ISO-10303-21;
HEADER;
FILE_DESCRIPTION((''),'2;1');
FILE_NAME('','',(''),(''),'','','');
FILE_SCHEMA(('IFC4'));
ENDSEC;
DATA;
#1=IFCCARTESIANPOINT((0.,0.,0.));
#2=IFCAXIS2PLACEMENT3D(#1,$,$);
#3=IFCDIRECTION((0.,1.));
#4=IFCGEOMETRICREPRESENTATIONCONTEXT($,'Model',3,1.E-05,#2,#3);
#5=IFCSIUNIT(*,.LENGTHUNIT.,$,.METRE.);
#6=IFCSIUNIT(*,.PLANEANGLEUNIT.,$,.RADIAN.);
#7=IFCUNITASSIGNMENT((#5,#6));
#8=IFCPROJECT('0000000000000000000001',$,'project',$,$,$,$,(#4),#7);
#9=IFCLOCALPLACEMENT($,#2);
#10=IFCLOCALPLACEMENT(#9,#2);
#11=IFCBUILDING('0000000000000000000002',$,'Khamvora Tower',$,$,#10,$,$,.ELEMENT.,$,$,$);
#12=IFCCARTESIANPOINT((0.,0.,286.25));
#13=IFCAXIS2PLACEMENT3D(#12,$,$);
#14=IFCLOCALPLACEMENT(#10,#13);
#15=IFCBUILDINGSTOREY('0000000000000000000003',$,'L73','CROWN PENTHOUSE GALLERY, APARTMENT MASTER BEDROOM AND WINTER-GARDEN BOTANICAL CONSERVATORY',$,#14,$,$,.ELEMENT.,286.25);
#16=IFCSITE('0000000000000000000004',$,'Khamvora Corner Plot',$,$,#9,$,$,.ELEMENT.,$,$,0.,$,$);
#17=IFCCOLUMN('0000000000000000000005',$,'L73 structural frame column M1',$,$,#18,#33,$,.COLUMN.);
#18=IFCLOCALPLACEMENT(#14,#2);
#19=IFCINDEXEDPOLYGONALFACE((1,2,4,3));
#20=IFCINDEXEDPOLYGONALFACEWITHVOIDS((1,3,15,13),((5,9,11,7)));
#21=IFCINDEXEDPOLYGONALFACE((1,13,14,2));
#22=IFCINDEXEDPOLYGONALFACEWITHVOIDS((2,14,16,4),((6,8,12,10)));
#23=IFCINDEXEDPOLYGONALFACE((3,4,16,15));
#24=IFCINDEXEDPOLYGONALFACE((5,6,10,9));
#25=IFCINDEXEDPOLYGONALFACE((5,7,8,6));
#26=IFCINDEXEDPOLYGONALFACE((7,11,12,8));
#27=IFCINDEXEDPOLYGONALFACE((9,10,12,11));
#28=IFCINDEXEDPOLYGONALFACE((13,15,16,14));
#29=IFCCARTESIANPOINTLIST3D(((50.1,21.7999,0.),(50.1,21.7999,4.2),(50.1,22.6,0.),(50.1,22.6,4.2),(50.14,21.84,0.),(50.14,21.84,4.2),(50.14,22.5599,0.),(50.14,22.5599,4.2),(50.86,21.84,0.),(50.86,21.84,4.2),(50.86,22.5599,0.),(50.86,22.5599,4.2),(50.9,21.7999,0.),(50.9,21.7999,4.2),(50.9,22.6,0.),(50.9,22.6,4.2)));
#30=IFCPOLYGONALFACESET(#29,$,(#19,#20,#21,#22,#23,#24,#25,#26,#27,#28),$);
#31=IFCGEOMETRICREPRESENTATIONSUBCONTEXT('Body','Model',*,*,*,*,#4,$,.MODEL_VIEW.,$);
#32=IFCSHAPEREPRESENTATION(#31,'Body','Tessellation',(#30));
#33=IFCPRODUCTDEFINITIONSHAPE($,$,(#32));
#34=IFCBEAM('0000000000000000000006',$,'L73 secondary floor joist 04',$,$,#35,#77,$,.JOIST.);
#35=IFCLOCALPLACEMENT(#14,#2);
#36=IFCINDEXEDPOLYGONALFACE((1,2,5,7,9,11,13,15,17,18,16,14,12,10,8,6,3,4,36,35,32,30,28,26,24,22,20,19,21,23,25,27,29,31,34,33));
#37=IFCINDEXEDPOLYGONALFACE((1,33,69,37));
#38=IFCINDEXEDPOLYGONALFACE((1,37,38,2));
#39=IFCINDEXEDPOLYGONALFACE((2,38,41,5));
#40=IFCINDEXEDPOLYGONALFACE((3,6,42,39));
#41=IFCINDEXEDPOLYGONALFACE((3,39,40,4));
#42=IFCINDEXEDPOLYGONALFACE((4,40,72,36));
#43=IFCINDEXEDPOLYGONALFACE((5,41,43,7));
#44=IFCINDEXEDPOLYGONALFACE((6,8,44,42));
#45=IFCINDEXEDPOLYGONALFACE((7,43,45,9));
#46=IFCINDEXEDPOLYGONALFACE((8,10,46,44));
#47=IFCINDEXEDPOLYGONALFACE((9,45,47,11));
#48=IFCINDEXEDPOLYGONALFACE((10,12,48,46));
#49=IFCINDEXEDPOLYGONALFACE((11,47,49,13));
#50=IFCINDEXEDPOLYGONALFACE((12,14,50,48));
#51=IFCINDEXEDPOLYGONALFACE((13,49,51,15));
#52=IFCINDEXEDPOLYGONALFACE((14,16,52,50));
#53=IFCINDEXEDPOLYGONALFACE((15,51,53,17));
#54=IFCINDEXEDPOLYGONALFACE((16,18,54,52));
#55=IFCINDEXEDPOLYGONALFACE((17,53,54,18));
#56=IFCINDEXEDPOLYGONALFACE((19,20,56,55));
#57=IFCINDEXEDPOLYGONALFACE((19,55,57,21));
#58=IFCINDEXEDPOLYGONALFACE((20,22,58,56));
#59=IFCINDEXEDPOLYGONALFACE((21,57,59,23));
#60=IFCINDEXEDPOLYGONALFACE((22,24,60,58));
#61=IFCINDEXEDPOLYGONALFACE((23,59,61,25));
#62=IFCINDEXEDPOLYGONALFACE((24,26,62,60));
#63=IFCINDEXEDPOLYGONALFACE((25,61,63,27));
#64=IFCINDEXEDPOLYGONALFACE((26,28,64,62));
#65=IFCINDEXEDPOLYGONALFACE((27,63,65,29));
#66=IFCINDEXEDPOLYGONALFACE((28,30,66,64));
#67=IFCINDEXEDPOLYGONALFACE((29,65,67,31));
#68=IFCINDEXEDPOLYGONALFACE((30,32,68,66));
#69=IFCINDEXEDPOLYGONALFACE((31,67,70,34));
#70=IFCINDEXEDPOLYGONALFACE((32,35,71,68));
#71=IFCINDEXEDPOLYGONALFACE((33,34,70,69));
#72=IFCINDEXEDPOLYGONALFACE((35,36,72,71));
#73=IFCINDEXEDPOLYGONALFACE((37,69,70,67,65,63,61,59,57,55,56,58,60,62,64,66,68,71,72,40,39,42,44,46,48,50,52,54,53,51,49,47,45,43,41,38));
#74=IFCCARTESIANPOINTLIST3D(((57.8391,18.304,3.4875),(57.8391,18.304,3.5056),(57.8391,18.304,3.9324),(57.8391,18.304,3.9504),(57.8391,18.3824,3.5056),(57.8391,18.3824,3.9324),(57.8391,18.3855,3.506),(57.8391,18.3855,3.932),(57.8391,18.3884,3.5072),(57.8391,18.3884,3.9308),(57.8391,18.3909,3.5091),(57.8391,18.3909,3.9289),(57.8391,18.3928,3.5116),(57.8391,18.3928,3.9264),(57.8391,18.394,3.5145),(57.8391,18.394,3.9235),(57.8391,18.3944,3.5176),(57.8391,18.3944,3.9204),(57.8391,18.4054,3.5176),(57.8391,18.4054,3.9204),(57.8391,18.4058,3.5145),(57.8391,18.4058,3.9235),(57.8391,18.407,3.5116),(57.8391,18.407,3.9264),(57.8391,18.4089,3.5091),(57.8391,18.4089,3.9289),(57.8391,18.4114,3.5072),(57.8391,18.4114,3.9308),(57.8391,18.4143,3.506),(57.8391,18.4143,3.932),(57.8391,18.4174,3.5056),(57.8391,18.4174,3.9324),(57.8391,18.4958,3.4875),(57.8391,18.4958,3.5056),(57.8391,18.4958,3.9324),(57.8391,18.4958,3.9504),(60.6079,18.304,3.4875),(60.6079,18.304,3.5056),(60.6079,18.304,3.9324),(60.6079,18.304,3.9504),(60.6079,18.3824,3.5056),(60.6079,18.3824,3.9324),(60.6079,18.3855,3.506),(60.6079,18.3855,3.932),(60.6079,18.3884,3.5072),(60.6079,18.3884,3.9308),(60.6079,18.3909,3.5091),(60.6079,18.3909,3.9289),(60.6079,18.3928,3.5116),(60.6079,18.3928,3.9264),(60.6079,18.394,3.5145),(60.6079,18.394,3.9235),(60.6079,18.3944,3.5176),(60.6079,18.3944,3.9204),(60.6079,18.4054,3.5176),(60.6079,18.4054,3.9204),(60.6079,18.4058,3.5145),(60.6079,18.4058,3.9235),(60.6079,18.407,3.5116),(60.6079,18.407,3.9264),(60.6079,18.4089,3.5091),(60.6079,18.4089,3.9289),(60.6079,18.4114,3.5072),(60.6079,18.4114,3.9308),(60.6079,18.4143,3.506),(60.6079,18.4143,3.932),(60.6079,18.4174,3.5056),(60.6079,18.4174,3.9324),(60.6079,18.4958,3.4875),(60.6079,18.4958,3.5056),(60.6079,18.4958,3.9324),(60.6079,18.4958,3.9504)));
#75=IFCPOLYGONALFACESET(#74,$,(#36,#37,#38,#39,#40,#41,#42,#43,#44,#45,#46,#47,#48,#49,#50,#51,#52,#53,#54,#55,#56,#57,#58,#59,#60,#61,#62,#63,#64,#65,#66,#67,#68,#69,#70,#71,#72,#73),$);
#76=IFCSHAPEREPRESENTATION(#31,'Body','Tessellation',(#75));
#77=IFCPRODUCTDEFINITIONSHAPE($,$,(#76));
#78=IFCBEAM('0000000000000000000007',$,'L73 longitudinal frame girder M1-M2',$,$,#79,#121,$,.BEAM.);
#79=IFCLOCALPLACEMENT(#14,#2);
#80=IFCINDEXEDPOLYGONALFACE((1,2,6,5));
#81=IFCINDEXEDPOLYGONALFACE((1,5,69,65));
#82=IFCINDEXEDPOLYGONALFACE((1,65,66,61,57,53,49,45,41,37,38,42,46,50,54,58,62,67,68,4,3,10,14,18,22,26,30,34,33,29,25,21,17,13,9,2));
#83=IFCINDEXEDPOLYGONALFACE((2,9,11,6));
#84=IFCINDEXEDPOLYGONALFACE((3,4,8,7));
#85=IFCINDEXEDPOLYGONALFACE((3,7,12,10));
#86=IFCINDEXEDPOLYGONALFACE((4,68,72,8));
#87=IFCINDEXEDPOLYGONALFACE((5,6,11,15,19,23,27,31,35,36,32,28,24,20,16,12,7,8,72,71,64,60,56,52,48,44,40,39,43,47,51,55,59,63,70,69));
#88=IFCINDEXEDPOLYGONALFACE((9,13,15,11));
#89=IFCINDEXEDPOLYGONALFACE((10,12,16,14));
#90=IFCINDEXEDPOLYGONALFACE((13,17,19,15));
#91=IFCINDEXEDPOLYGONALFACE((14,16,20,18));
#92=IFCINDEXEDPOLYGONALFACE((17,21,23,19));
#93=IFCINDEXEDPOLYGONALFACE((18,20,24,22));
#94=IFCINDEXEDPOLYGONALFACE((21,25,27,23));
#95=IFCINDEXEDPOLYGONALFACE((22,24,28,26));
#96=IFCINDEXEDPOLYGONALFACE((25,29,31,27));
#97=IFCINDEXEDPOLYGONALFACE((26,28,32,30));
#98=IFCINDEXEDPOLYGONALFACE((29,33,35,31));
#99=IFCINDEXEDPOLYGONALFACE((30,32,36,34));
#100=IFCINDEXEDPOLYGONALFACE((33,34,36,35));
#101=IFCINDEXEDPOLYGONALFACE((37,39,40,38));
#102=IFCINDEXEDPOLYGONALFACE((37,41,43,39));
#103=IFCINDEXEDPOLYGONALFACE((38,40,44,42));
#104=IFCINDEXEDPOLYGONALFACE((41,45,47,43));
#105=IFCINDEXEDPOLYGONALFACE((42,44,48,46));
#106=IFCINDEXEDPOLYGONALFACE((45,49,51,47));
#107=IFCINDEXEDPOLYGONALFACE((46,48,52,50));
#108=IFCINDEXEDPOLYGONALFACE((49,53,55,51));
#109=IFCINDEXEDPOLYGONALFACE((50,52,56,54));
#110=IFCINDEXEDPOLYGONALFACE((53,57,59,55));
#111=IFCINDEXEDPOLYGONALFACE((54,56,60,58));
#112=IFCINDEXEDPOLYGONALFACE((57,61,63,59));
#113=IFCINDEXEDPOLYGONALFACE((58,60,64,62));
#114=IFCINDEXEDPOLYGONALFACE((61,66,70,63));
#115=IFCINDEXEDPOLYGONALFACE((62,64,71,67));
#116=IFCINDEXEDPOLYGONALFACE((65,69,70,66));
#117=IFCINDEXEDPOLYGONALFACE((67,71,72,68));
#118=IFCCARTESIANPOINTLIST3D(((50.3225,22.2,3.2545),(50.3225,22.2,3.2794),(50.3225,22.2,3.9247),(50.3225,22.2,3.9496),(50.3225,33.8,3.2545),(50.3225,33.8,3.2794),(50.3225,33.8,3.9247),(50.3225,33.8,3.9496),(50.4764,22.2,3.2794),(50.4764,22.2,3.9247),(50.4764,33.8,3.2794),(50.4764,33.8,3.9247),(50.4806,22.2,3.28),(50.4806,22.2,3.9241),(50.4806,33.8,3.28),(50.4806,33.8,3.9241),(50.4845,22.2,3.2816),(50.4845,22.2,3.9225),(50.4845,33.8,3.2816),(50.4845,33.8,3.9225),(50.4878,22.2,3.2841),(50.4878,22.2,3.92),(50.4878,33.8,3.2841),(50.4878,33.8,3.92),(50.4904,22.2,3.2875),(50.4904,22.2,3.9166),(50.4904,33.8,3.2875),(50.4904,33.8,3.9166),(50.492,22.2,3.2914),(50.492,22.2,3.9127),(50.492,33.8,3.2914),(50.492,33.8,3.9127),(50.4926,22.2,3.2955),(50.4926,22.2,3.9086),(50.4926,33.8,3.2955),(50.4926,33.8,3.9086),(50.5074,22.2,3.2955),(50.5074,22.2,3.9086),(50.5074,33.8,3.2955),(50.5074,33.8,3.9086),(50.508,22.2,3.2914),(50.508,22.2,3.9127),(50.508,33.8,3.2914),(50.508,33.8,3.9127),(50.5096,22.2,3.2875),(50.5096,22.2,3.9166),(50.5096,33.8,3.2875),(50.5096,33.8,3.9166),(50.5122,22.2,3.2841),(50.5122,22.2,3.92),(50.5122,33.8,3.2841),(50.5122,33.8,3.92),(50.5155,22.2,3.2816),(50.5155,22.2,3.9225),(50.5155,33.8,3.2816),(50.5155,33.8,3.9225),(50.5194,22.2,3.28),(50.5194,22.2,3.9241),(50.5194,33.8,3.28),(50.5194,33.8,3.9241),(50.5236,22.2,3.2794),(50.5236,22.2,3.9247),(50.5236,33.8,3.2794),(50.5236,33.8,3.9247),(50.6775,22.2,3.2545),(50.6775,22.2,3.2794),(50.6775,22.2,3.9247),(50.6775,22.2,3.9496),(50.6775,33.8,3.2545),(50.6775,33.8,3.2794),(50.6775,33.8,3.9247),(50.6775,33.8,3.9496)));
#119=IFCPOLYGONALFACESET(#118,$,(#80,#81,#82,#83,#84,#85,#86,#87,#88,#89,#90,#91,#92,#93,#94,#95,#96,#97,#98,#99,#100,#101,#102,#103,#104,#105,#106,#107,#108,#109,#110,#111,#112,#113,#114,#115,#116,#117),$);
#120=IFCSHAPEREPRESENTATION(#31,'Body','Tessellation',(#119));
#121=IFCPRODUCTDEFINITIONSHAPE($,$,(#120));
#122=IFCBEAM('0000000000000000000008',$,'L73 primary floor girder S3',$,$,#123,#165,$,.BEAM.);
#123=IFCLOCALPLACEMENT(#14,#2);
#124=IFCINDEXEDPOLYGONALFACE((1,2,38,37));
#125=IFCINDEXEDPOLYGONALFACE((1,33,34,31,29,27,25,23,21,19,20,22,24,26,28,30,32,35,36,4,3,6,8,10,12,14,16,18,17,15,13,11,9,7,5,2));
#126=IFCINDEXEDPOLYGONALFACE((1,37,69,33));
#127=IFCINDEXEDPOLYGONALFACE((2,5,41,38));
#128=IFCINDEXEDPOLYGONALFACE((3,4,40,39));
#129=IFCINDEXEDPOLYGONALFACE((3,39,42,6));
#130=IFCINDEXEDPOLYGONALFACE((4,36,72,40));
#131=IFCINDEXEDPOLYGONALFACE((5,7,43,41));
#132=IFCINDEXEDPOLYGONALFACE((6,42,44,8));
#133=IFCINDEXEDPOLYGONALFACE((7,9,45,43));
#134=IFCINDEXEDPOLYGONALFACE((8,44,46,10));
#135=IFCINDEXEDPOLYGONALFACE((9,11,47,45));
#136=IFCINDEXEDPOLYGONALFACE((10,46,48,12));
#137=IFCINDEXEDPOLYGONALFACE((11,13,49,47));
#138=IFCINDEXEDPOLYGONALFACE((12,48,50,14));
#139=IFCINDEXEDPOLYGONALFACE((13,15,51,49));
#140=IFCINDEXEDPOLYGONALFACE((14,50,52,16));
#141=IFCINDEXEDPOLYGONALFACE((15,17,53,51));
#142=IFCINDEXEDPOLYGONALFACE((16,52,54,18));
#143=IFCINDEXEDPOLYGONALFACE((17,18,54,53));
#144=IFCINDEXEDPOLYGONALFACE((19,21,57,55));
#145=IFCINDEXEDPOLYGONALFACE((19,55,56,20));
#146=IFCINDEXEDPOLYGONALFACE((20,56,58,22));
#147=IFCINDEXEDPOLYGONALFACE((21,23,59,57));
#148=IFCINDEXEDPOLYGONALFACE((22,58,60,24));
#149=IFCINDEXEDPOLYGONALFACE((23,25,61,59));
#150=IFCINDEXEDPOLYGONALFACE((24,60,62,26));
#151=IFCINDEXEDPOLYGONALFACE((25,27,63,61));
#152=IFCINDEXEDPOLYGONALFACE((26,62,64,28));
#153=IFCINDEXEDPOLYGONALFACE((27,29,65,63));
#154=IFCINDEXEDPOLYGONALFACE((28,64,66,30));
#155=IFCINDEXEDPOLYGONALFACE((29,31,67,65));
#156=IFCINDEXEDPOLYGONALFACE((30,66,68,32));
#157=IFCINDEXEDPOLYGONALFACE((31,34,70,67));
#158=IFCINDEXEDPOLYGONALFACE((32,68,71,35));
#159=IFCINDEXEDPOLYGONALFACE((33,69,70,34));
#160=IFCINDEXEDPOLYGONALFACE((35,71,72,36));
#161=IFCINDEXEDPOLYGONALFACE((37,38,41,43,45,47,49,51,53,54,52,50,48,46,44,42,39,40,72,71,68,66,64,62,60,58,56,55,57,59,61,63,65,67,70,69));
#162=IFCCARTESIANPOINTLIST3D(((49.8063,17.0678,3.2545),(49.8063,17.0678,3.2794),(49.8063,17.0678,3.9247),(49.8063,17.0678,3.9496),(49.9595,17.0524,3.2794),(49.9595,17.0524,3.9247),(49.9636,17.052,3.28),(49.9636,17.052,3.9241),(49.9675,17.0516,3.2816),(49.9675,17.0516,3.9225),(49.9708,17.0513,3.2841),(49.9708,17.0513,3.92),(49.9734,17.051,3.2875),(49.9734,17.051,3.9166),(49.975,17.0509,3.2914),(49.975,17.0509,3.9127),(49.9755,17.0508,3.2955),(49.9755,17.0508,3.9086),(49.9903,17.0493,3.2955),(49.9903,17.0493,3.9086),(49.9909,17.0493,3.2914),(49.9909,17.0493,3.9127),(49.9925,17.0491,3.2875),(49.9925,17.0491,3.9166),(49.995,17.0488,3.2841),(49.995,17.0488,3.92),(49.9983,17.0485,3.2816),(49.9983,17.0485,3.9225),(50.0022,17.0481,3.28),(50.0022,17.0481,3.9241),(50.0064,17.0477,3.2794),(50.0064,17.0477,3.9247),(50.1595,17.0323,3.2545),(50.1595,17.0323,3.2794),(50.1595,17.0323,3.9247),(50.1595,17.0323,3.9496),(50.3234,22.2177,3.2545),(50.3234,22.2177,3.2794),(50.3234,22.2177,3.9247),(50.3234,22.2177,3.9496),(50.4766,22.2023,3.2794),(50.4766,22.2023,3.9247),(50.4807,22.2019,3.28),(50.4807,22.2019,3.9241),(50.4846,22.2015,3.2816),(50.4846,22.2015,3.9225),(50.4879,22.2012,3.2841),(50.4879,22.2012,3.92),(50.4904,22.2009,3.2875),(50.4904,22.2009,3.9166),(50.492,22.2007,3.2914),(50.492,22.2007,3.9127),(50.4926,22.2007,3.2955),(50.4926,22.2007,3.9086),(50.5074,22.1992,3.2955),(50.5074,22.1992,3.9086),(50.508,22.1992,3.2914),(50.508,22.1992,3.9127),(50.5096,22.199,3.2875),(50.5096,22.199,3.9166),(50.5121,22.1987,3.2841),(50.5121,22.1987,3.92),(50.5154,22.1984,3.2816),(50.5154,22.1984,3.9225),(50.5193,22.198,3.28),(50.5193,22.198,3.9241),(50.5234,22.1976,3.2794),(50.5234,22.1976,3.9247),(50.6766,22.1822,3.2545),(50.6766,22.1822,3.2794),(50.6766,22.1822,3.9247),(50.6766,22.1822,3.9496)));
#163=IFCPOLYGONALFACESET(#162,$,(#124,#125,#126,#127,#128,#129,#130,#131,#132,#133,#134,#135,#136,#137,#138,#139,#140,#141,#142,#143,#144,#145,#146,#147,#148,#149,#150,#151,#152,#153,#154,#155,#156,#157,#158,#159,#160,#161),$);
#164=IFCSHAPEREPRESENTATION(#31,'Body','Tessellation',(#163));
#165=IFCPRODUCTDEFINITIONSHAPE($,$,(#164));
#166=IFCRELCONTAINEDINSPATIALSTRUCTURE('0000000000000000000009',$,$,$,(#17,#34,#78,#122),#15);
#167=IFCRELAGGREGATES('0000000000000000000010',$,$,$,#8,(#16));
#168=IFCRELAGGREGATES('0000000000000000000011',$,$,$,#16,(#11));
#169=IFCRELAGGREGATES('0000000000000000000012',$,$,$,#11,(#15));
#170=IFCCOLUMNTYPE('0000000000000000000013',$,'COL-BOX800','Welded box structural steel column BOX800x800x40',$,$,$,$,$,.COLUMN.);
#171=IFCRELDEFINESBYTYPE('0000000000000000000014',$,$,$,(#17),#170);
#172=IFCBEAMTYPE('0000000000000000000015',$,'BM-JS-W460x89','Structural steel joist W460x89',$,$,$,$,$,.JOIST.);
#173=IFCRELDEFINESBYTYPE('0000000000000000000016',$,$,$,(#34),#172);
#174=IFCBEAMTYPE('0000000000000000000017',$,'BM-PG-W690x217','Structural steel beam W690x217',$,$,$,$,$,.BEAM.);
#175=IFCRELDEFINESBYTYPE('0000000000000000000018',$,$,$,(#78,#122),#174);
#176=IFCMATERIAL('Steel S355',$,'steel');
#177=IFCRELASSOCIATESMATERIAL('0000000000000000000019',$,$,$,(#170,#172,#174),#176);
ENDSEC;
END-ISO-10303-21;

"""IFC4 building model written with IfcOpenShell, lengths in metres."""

from ifc_helpers import new_model, si_unit, direction, frame, origin, origin_2d, place, context, subcontext, project, spatial, hollow_rectangle, i_section, extrude, material, material_profile, profile_set, type_object, element, save


model = new_model("IFC4")

# Units and contexts
model_context = context("Model", 3, precision=1e-05, world=origin(), true_north=direction((0.0, 1.0)))
body_context = subcontext(model_context, "Body", "Model", "MODEL_VIEW")
ifc_project = project(units=[si_unit("LENGTHUNIT", "METRE"), si_unit("PLANEANGLEUNIT", "RADIAN")], contexts=[model_context])

# Site, building, storey
site_placement = place(None, origin())
site = spatial("IfcSite", under=ifc_project, at=site_placement, Name="Khamvora Corner Plot", CompositionType="ELEMENT", RefElevation=0.0)
building_placement = place(site_placement, origin())
building = spatial("IfcBuilding", under=site, at=building_placement, Name="Khamvora Tower", CompositionType="ELEMENT")
storey_placement = place(building_placement, frame((0.0, 0.0, 286.25)))
storey = spatial("IfcBuildingStorey", under=building, at=storey_placement, Name="L73", Description="CROWN PENTHOUSE GALLERY, APARTMENT MASTER BEDROOM AND WINTER-GARDEN BOTANICAL CONSERVATORY", CompositionType="ELEMENT", Elevation=286.25)

# Column
ifc_material_1 = material(Name="Steel S355", Category="steel")
ifc_material_profile_1 = material_profile(ifc_material_1, hollow_rectangle(XDim=0.8, YDim=0.8, WallThickness=0.04, at=origin_2d()), Name="BOX800x800x40")
ifc_profile_set_1 = profile_set([ifc_material_profile_1], Name="Steel S355")
column_type = type_object("IfcColumnType", Name="COL-BOX800", Description="Welded box structural steel column BOX800x800x40", PredefinedType="COLUMN", material=ifc_profile_set_1)
column_placement = place(storey_placement, frame((50.5, 22.2, 0.0), z_axis=(0.0, 0.0, 1.0), x_axis=(1.0, 0.0, 0.0)))
element("IfcColumn", 1, at=column_placement, inside=storey, type_object=column_type, Name="L73 structural frame column M1", PredefinedType="COLUMN", context=body_context, shape_type="SweptSolid", body=[
    extrude(hollow_rectangle(XDim=0.8, YDim=0.8, WallThickness=0.04, at=origin_2d()), origin(), (0.0, 0.0, 1.0), 4.2),
])

# Beams
ifc_material_profile_2 = material_profile(ifc_material_1, i_section(OverallWidth=0.1919, OverallDepth=0.4629, WebThickness=0.011, FlangeThickness=0.0181, FilletRadius=0.012, at=origin_2d()), Name="W460x89")
ifc_profile_set_2 = profile_set([ifc_material_profile_2], Name="Steel S355")
beam_type_1 = type_object("IfcBeamType", Name="BM-JS-W460x89", Description="Structural steel joist W460x89", PredefinedType="JOIST", material=ifc_profile_set_2)
beam_1_placement = place(storey_placement, frame((57.8391, 18.3999, 3.719), z_axis=(1.0, 0.0, 0.0), x_axis=(0.0, 1.0, 0.0)))
element("IfcBeam", 2, at=beam_1_placement, inside=storey, type_object=beam_type_1, Name="L73 secondary floor joist 04", PredefinedType="JOIST", context=body_context, shape_type="SweptSolid", body=[
    extrude(i_section(OverallWidth=0.1919, OverallDepth=0.4629, WebThickness=0.011, FlangeThickness=0.0181, FilletRadius=0.012, at=origin_2d()), origin(), (0.0, 0.0, 1.0), 2.7688),
])
ifc_material_profile_3 = material_profile(ifc_material_1, i_section(OverallWidth=0.355, OverallDepth=0.6951, WebThickness=0.0149, FlangeThickness=0.0249, FilletRadius=0.0161, at=origin_2d()), Name="W690x217")
ifc_profile_set_3 = profile_set([ifc_material_profile_3], Name="Steel S355")
beam_type_2 = type_object("IfcBeamType", Name="BM-PG-W690x217", Description="Structural steel beam W690x217", PredefinedType="BEAM", material=ifc_profile_set_3)
beam_2_placement = place(storey_placement, frame((50.5, 22.2, 3.6021), z_axis=(0.0, 1.0, 0.0), x_axis=(-1.0, 0.0, 0.0)))
element("IfcBeam", 3, at=beam_2_placement, inside=storey, type_object=beam_type_2, Name="L73 longitudinal frame girder M1-M2", PredefinedType="BEAM", context=body_context, shape_type="SweptSolid", body=[
    extrude(i_section(OverallWidth=0.355, OverallDepth=0.6951, WebThickness=0.0149, FlangeThickness=0.0249, FilletRadius=0.0161, at=origin_2d()), origin(), (0.0, 0.0, 1.0), 11.6001),
])
beam_3_placement = place(storey_placement, frame((50.5, 22.2, 3.6021), z_axis=(-0.099905, -0.994997, 0.0), x_axis=(0.994997, -0.099905, 0.0)))
element("IfcBeam", 4, at=beam_3_placement, inside=storey, type_object=beam_type_2, Name="L73 primary floor girder S3", PredefinedType="BEAM", context=body_context, shape_type="SweptSolid", body=[
    extrude(i_section(OverallWidth=0.355, OverallDepth=0.6951, WebThickness=0.0149, FlangeThickness=0.0249, FilletRadius=0.0161, at=origin_2d()), origin(), (0.0, 0.0, 1.0), 5.1758),
])

save(model, "model.ifc")
